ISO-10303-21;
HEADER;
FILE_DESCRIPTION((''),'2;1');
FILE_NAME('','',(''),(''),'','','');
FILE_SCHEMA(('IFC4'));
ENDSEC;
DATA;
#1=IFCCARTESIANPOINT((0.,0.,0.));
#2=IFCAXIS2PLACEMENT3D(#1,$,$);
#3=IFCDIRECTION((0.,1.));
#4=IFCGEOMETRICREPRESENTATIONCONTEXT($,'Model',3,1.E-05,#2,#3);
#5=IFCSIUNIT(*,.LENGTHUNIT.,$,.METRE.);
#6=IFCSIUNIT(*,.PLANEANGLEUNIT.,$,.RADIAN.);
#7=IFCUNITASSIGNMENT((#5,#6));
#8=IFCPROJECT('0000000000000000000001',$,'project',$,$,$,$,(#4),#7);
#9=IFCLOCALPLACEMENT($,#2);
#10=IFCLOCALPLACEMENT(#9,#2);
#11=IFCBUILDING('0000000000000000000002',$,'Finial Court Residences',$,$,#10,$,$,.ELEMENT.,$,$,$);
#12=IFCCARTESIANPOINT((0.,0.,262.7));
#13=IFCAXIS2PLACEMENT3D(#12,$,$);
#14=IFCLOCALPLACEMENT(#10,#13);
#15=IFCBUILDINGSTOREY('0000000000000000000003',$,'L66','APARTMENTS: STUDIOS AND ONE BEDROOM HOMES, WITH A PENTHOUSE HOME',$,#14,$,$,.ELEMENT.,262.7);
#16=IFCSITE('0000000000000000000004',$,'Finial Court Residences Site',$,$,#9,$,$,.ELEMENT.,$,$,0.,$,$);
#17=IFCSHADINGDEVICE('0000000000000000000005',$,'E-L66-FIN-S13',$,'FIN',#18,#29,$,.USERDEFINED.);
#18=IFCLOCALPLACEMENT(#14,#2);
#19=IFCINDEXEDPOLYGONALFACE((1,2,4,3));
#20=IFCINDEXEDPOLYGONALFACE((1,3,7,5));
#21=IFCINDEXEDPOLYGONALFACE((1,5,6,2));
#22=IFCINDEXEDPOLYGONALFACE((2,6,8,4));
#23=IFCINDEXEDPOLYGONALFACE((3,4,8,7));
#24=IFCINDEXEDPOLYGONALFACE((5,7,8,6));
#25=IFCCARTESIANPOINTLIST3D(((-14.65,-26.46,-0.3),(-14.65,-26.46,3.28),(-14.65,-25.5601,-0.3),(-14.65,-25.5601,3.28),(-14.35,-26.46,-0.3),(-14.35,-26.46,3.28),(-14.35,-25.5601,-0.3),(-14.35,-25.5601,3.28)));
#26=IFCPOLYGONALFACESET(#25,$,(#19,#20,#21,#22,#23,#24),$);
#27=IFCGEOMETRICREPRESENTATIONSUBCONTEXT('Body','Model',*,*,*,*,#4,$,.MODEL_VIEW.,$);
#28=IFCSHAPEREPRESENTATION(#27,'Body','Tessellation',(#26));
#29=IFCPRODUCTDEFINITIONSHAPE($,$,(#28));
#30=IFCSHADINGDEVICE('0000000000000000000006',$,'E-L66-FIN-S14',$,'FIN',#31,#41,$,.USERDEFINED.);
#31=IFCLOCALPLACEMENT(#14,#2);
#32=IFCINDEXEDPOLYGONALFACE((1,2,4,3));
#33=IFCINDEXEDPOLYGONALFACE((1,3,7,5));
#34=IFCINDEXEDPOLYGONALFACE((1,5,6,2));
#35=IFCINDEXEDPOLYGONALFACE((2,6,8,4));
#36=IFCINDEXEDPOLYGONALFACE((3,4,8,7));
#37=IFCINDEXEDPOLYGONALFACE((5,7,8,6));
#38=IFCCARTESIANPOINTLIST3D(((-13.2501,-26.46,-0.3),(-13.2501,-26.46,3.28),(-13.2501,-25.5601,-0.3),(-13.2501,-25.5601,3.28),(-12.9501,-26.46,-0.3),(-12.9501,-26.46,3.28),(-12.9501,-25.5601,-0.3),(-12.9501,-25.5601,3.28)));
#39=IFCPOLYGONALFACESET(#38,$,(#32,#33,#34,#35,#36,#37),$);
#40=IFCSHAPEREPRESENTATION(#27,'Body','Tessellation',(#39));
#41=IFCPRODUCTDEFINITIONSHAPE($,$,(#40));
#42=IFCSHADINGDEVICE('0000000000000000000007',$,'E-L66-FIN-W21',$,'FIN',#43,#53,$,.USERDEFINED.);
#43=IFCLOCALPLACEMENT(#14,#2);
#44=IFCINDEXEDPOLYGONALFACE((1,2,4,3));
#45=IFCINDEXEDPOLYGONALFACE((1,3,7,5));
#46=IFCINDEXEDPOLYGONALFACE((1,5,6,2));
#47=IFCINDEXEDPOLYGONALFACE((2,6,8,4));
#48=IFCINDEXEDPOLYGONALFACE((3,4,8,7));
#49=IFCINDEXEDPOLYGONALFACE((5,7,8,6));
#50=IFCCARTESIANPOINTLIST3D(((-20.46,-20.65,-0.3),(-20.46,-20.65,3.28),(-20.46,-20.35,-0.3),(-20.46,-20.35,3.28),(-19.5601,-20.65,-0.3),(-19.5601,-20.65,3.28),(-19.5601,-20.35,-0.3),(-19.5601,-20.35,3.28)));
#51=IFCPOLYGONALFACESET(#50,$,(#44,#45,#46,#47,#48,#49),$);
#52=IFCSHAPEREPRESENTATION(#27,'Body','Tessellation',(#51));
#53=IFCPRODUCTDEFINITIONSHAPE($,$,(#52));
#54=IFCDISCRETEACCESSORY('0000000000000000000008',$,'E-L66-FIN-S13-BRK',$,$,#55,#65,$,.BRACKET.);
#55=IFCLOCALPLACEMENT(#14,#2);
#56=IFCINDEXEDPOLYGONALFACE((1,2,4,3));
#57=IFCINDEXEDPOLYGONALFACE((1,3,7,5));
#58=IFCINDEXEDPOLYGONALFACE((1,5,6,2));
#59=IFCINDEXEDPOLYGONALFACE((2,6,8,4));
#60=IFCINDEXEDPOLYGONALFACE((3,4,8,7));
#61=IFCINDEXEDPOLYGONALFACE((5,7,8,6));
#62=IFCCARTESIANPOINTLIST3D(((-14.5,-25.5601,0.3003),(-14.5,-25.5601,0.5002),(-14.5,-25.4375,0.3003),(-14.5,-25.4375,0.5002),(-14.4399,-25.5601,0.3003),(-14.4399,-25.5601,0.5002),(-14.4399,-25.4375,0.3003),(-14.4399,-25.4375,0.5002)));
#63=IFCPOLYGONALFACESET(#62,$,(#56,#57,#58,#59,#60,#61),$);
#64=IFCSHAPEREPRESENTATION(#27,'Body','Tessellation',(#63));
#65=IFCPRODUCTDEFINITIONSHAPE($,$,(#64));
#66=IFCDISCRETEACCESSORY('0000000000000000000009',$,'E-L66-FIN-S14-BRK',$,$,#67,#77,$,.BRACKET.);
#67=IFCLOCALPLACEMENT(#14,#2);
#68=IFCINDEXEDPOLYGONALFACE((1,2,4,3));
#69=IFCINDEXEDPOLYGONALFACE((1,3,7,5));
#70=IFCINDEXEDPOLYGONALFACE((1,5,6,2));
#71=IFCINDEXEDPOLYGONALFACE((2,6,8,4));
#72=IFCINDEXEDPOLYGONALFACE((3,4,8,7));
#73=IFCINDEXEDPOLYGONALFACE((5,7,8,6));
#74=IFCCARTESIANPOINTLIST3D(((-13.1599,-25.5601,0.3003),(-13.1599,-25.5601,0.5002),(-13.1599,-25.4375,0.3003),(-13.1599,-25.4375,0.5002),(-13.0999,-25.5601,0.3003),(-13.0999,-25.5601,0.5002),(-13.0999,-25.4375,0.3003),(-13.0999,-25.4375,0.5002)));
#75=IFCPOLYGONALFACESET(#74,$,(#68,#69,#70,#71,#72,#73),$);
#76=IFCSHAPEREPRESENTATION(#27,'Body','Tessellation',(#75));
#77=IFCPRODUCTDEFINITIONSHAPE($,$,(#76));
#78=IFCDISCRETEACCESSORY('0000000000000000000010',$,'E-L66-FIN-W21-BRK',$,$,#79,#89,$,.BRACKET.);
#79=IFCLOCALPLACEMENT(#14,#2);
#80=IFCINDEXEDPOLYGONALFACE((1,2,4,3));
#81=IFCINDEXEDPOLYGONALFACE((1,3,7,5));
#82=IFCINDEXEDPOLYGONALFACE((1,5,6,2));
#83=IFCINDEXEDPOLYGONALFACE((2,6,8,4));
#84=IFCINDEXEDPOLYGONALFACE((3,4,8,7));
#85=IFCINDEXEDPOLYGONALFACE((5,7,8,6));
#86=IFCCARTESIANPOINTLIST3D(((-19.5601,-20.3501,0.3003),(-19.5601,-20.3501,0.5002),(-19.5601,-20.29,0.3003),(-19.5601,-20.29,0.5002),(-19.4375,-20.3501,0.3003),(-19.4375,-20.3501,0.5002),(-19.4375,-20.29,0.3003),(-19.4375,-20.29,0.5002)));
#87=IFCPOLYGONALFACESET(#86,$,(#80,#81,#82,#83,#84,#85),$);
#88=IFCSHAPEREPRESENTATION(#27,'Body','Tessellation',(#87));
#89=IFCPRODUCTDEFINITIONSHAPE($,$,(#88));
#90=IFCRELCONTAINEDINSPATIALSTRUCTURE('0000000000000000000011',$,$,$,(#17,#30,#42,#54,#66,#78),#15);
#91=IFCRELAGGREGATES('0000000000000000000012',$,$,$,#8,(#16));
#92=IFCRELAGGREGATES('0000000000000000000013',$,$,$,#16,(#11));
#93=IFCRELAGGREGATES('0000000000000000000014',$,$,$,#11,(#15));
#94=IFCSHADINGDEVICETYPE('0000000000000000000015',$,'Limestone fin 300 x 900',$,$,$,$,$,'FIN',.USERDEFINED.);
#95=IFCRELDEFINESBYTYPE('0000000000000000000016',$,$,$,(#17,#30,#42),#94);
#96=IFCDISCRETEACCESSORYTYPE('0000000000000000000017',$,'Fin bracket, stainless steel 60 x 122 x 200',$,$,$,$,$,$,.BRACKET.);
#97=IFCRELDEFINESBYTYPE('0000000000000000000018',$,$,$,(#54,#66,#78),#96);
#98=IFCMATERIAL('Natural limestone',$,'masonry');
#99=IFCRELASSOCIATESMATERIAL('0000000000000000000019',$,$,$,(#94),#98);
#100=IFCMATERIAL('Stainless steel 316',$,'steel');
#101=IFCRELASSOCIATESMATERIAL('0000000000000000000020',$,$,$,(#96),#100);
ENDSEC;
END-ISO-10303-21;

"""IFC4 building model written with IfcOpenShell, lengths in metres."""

from ifc_helpers import new_model, si_unit, direction, frame, origin, origin_2d, place, context, subcontext, project, spatial, rectangle, extrude, material, type_object, element, save


model = new_model("IFC4")

# Units and contexts
model_context = context("Model", 3, precision=1e-05, world=origin(), true_north=direction((0.0, 1.0)))
body_context = subcontext(model_context, "Body", "Model", "MODEL_VIEW")
ifc_project = project(units=[si_unit("LENGTHUNIT", "METRE"), si_unit("PLANEANGLEUNIT", "RADIAN")], contexts=[model_context])

# Site, building, storey
site_placement = place(None, origin())
site = spatial("IfcSite", under=ifc_project, at=site_placement, Name="Finial Court Residences Site", CompositionType="ELEMENT", RefElevation=0.0)
building_placement = place(site_placement, origin())
building = spatial("IfcBuilding", under=site, at=building_placement, Name="Finial Court Residences", CompositionType="ELEMENT")
storey_placement = place(building_placement, frame((0.0, 0.0, 262.7)))
storey = spatial("IfcBuildingStorey", under=building, at=storey_placement, Name="L66", Description="APARTMENTS: STUDIOS AND ONE BEDROOM HOMES, WITH A PENTHOUSE HOME", CompositionType="ELEMENT", Elevation=262.7)

# Shared definitions
ifc_material_1 = material(Name="Natural limestone", Category="masonry")

# Shading devices
shading_device_type = type_object("IfcShadingDeviceType", Name="Limestone fin 300 x 900", ElementType="FIN", PredefinedType="USERDEFINED", material=ifc_material_1)
for number, where, z_axis, x_axis, name in (
    (1, (-14.5, -26.01, -0.3), (0.0, 0.0, 1.0), (1.0, 0.0, 0.0), "E-L66-FIN-S13"),
    (2, (-13.1001, -26.01, -0.3), (0.0, 0.0, 1.0), (1.0, 0.0, 0.0), "E-L66-FIN-S14"),
):
    element("IfcShadingDevice", number, at=place(storey_placement, frame(where, z_axis=z_axis, x_axis=x_axis)), inside=storey, type_object=shading_device_type, Name=name, ObjectType="FIN", PredefinedType="USERDEFINED", context=body_context, shape_type="SweptSolid", body=[
        extrude(rectangle(XDim=0.3, YDim=0.8999, at=origin_2d()), origin(), (0.0, 0.0, 1.0), 3.5801),
    ])
shading_device_placement = place(storey_placement, frame((-20.01, -20.5, -0.3), z_axis=(0.0, 0.0, 1.0), x_axis=(1.0, 0.0, 0.0)))
element("IfcShadingDevice", 3, at=shading_device_placement, inside=storey, type_object=shading_device_type, Name="E-L66-FIN-W21", ObjectType="FIN", PredefinedType="USERDEFINED", context=body_context, shape_type="SweptSolid", body=[
    extrude(rectangle(XDim=0.8999, YDim=0.3, at=origin_2d()), origin(), (0.0, 0.0, 1.0), 3.5801),
])

# Discrete accessories
ifc_material_2 = material(Name="Stainless steel 316", Category="steel")
discrete_accessory_type = type_object("IfcDiscreteAccessoryType", Name="Fin bracket, stainless steel 60 x 122 x 200", PredefinedType="BRACKET", material=ifc_material_2)
for number, where, z_axis, x_axis, name in (
    (4, (-14.47, -25.4988, 0.3003), (0.0, 0.0, 1.0), (1.0, 0.0, 0.0), "E-L66-FIN-S13-BRK"),
    (5, (-13.1299, -25.4988, 0.3003), (0.0, 0.0, 1.0), (1.0, 0.0, 0.0), "E-L66-FIN-S14-BRK"),
):
    element("IfcDiscreteAccessory", number, at=place(storey_placement, frame(where, z_axis=z_axis, x_axis=x_axis)), inside=storey, type_object=discrete_accessory_type, Name=name, PredefinedType="BRACKET", context=body_context, shape_type="SweptSolid", body=[
        extrude(rectangle(XDim=0.0601, YDim=0.1226, at=origin_2d()), origin(), (0.0, 0.0, 1.0), 0.2),
    ])
discrete_accessory_placement = place(storey_placement, frame((-19.4988, -20.3201, 0.3003), z_axis=(0.0, 0.0, 1.0), x_axis=(1.0, 0.0, 0.0)))
element("IfcDiscreteAccessory", 6, at=discrete_accessory_placement, inside=storey, type_object=discrete_accessory_type, Name="E-L66-FIN-W21-BRK", PredefinedType="BRACKET", context=body_context, shape_type="SweptSolid", body=[
    extrude(rectangle(XDim=0.1226, YDim=0.0601, at=origin_2d()), origin(), (0.0, 0.0, 1.0), 0.2),
])

save(model, "model.ifc")
